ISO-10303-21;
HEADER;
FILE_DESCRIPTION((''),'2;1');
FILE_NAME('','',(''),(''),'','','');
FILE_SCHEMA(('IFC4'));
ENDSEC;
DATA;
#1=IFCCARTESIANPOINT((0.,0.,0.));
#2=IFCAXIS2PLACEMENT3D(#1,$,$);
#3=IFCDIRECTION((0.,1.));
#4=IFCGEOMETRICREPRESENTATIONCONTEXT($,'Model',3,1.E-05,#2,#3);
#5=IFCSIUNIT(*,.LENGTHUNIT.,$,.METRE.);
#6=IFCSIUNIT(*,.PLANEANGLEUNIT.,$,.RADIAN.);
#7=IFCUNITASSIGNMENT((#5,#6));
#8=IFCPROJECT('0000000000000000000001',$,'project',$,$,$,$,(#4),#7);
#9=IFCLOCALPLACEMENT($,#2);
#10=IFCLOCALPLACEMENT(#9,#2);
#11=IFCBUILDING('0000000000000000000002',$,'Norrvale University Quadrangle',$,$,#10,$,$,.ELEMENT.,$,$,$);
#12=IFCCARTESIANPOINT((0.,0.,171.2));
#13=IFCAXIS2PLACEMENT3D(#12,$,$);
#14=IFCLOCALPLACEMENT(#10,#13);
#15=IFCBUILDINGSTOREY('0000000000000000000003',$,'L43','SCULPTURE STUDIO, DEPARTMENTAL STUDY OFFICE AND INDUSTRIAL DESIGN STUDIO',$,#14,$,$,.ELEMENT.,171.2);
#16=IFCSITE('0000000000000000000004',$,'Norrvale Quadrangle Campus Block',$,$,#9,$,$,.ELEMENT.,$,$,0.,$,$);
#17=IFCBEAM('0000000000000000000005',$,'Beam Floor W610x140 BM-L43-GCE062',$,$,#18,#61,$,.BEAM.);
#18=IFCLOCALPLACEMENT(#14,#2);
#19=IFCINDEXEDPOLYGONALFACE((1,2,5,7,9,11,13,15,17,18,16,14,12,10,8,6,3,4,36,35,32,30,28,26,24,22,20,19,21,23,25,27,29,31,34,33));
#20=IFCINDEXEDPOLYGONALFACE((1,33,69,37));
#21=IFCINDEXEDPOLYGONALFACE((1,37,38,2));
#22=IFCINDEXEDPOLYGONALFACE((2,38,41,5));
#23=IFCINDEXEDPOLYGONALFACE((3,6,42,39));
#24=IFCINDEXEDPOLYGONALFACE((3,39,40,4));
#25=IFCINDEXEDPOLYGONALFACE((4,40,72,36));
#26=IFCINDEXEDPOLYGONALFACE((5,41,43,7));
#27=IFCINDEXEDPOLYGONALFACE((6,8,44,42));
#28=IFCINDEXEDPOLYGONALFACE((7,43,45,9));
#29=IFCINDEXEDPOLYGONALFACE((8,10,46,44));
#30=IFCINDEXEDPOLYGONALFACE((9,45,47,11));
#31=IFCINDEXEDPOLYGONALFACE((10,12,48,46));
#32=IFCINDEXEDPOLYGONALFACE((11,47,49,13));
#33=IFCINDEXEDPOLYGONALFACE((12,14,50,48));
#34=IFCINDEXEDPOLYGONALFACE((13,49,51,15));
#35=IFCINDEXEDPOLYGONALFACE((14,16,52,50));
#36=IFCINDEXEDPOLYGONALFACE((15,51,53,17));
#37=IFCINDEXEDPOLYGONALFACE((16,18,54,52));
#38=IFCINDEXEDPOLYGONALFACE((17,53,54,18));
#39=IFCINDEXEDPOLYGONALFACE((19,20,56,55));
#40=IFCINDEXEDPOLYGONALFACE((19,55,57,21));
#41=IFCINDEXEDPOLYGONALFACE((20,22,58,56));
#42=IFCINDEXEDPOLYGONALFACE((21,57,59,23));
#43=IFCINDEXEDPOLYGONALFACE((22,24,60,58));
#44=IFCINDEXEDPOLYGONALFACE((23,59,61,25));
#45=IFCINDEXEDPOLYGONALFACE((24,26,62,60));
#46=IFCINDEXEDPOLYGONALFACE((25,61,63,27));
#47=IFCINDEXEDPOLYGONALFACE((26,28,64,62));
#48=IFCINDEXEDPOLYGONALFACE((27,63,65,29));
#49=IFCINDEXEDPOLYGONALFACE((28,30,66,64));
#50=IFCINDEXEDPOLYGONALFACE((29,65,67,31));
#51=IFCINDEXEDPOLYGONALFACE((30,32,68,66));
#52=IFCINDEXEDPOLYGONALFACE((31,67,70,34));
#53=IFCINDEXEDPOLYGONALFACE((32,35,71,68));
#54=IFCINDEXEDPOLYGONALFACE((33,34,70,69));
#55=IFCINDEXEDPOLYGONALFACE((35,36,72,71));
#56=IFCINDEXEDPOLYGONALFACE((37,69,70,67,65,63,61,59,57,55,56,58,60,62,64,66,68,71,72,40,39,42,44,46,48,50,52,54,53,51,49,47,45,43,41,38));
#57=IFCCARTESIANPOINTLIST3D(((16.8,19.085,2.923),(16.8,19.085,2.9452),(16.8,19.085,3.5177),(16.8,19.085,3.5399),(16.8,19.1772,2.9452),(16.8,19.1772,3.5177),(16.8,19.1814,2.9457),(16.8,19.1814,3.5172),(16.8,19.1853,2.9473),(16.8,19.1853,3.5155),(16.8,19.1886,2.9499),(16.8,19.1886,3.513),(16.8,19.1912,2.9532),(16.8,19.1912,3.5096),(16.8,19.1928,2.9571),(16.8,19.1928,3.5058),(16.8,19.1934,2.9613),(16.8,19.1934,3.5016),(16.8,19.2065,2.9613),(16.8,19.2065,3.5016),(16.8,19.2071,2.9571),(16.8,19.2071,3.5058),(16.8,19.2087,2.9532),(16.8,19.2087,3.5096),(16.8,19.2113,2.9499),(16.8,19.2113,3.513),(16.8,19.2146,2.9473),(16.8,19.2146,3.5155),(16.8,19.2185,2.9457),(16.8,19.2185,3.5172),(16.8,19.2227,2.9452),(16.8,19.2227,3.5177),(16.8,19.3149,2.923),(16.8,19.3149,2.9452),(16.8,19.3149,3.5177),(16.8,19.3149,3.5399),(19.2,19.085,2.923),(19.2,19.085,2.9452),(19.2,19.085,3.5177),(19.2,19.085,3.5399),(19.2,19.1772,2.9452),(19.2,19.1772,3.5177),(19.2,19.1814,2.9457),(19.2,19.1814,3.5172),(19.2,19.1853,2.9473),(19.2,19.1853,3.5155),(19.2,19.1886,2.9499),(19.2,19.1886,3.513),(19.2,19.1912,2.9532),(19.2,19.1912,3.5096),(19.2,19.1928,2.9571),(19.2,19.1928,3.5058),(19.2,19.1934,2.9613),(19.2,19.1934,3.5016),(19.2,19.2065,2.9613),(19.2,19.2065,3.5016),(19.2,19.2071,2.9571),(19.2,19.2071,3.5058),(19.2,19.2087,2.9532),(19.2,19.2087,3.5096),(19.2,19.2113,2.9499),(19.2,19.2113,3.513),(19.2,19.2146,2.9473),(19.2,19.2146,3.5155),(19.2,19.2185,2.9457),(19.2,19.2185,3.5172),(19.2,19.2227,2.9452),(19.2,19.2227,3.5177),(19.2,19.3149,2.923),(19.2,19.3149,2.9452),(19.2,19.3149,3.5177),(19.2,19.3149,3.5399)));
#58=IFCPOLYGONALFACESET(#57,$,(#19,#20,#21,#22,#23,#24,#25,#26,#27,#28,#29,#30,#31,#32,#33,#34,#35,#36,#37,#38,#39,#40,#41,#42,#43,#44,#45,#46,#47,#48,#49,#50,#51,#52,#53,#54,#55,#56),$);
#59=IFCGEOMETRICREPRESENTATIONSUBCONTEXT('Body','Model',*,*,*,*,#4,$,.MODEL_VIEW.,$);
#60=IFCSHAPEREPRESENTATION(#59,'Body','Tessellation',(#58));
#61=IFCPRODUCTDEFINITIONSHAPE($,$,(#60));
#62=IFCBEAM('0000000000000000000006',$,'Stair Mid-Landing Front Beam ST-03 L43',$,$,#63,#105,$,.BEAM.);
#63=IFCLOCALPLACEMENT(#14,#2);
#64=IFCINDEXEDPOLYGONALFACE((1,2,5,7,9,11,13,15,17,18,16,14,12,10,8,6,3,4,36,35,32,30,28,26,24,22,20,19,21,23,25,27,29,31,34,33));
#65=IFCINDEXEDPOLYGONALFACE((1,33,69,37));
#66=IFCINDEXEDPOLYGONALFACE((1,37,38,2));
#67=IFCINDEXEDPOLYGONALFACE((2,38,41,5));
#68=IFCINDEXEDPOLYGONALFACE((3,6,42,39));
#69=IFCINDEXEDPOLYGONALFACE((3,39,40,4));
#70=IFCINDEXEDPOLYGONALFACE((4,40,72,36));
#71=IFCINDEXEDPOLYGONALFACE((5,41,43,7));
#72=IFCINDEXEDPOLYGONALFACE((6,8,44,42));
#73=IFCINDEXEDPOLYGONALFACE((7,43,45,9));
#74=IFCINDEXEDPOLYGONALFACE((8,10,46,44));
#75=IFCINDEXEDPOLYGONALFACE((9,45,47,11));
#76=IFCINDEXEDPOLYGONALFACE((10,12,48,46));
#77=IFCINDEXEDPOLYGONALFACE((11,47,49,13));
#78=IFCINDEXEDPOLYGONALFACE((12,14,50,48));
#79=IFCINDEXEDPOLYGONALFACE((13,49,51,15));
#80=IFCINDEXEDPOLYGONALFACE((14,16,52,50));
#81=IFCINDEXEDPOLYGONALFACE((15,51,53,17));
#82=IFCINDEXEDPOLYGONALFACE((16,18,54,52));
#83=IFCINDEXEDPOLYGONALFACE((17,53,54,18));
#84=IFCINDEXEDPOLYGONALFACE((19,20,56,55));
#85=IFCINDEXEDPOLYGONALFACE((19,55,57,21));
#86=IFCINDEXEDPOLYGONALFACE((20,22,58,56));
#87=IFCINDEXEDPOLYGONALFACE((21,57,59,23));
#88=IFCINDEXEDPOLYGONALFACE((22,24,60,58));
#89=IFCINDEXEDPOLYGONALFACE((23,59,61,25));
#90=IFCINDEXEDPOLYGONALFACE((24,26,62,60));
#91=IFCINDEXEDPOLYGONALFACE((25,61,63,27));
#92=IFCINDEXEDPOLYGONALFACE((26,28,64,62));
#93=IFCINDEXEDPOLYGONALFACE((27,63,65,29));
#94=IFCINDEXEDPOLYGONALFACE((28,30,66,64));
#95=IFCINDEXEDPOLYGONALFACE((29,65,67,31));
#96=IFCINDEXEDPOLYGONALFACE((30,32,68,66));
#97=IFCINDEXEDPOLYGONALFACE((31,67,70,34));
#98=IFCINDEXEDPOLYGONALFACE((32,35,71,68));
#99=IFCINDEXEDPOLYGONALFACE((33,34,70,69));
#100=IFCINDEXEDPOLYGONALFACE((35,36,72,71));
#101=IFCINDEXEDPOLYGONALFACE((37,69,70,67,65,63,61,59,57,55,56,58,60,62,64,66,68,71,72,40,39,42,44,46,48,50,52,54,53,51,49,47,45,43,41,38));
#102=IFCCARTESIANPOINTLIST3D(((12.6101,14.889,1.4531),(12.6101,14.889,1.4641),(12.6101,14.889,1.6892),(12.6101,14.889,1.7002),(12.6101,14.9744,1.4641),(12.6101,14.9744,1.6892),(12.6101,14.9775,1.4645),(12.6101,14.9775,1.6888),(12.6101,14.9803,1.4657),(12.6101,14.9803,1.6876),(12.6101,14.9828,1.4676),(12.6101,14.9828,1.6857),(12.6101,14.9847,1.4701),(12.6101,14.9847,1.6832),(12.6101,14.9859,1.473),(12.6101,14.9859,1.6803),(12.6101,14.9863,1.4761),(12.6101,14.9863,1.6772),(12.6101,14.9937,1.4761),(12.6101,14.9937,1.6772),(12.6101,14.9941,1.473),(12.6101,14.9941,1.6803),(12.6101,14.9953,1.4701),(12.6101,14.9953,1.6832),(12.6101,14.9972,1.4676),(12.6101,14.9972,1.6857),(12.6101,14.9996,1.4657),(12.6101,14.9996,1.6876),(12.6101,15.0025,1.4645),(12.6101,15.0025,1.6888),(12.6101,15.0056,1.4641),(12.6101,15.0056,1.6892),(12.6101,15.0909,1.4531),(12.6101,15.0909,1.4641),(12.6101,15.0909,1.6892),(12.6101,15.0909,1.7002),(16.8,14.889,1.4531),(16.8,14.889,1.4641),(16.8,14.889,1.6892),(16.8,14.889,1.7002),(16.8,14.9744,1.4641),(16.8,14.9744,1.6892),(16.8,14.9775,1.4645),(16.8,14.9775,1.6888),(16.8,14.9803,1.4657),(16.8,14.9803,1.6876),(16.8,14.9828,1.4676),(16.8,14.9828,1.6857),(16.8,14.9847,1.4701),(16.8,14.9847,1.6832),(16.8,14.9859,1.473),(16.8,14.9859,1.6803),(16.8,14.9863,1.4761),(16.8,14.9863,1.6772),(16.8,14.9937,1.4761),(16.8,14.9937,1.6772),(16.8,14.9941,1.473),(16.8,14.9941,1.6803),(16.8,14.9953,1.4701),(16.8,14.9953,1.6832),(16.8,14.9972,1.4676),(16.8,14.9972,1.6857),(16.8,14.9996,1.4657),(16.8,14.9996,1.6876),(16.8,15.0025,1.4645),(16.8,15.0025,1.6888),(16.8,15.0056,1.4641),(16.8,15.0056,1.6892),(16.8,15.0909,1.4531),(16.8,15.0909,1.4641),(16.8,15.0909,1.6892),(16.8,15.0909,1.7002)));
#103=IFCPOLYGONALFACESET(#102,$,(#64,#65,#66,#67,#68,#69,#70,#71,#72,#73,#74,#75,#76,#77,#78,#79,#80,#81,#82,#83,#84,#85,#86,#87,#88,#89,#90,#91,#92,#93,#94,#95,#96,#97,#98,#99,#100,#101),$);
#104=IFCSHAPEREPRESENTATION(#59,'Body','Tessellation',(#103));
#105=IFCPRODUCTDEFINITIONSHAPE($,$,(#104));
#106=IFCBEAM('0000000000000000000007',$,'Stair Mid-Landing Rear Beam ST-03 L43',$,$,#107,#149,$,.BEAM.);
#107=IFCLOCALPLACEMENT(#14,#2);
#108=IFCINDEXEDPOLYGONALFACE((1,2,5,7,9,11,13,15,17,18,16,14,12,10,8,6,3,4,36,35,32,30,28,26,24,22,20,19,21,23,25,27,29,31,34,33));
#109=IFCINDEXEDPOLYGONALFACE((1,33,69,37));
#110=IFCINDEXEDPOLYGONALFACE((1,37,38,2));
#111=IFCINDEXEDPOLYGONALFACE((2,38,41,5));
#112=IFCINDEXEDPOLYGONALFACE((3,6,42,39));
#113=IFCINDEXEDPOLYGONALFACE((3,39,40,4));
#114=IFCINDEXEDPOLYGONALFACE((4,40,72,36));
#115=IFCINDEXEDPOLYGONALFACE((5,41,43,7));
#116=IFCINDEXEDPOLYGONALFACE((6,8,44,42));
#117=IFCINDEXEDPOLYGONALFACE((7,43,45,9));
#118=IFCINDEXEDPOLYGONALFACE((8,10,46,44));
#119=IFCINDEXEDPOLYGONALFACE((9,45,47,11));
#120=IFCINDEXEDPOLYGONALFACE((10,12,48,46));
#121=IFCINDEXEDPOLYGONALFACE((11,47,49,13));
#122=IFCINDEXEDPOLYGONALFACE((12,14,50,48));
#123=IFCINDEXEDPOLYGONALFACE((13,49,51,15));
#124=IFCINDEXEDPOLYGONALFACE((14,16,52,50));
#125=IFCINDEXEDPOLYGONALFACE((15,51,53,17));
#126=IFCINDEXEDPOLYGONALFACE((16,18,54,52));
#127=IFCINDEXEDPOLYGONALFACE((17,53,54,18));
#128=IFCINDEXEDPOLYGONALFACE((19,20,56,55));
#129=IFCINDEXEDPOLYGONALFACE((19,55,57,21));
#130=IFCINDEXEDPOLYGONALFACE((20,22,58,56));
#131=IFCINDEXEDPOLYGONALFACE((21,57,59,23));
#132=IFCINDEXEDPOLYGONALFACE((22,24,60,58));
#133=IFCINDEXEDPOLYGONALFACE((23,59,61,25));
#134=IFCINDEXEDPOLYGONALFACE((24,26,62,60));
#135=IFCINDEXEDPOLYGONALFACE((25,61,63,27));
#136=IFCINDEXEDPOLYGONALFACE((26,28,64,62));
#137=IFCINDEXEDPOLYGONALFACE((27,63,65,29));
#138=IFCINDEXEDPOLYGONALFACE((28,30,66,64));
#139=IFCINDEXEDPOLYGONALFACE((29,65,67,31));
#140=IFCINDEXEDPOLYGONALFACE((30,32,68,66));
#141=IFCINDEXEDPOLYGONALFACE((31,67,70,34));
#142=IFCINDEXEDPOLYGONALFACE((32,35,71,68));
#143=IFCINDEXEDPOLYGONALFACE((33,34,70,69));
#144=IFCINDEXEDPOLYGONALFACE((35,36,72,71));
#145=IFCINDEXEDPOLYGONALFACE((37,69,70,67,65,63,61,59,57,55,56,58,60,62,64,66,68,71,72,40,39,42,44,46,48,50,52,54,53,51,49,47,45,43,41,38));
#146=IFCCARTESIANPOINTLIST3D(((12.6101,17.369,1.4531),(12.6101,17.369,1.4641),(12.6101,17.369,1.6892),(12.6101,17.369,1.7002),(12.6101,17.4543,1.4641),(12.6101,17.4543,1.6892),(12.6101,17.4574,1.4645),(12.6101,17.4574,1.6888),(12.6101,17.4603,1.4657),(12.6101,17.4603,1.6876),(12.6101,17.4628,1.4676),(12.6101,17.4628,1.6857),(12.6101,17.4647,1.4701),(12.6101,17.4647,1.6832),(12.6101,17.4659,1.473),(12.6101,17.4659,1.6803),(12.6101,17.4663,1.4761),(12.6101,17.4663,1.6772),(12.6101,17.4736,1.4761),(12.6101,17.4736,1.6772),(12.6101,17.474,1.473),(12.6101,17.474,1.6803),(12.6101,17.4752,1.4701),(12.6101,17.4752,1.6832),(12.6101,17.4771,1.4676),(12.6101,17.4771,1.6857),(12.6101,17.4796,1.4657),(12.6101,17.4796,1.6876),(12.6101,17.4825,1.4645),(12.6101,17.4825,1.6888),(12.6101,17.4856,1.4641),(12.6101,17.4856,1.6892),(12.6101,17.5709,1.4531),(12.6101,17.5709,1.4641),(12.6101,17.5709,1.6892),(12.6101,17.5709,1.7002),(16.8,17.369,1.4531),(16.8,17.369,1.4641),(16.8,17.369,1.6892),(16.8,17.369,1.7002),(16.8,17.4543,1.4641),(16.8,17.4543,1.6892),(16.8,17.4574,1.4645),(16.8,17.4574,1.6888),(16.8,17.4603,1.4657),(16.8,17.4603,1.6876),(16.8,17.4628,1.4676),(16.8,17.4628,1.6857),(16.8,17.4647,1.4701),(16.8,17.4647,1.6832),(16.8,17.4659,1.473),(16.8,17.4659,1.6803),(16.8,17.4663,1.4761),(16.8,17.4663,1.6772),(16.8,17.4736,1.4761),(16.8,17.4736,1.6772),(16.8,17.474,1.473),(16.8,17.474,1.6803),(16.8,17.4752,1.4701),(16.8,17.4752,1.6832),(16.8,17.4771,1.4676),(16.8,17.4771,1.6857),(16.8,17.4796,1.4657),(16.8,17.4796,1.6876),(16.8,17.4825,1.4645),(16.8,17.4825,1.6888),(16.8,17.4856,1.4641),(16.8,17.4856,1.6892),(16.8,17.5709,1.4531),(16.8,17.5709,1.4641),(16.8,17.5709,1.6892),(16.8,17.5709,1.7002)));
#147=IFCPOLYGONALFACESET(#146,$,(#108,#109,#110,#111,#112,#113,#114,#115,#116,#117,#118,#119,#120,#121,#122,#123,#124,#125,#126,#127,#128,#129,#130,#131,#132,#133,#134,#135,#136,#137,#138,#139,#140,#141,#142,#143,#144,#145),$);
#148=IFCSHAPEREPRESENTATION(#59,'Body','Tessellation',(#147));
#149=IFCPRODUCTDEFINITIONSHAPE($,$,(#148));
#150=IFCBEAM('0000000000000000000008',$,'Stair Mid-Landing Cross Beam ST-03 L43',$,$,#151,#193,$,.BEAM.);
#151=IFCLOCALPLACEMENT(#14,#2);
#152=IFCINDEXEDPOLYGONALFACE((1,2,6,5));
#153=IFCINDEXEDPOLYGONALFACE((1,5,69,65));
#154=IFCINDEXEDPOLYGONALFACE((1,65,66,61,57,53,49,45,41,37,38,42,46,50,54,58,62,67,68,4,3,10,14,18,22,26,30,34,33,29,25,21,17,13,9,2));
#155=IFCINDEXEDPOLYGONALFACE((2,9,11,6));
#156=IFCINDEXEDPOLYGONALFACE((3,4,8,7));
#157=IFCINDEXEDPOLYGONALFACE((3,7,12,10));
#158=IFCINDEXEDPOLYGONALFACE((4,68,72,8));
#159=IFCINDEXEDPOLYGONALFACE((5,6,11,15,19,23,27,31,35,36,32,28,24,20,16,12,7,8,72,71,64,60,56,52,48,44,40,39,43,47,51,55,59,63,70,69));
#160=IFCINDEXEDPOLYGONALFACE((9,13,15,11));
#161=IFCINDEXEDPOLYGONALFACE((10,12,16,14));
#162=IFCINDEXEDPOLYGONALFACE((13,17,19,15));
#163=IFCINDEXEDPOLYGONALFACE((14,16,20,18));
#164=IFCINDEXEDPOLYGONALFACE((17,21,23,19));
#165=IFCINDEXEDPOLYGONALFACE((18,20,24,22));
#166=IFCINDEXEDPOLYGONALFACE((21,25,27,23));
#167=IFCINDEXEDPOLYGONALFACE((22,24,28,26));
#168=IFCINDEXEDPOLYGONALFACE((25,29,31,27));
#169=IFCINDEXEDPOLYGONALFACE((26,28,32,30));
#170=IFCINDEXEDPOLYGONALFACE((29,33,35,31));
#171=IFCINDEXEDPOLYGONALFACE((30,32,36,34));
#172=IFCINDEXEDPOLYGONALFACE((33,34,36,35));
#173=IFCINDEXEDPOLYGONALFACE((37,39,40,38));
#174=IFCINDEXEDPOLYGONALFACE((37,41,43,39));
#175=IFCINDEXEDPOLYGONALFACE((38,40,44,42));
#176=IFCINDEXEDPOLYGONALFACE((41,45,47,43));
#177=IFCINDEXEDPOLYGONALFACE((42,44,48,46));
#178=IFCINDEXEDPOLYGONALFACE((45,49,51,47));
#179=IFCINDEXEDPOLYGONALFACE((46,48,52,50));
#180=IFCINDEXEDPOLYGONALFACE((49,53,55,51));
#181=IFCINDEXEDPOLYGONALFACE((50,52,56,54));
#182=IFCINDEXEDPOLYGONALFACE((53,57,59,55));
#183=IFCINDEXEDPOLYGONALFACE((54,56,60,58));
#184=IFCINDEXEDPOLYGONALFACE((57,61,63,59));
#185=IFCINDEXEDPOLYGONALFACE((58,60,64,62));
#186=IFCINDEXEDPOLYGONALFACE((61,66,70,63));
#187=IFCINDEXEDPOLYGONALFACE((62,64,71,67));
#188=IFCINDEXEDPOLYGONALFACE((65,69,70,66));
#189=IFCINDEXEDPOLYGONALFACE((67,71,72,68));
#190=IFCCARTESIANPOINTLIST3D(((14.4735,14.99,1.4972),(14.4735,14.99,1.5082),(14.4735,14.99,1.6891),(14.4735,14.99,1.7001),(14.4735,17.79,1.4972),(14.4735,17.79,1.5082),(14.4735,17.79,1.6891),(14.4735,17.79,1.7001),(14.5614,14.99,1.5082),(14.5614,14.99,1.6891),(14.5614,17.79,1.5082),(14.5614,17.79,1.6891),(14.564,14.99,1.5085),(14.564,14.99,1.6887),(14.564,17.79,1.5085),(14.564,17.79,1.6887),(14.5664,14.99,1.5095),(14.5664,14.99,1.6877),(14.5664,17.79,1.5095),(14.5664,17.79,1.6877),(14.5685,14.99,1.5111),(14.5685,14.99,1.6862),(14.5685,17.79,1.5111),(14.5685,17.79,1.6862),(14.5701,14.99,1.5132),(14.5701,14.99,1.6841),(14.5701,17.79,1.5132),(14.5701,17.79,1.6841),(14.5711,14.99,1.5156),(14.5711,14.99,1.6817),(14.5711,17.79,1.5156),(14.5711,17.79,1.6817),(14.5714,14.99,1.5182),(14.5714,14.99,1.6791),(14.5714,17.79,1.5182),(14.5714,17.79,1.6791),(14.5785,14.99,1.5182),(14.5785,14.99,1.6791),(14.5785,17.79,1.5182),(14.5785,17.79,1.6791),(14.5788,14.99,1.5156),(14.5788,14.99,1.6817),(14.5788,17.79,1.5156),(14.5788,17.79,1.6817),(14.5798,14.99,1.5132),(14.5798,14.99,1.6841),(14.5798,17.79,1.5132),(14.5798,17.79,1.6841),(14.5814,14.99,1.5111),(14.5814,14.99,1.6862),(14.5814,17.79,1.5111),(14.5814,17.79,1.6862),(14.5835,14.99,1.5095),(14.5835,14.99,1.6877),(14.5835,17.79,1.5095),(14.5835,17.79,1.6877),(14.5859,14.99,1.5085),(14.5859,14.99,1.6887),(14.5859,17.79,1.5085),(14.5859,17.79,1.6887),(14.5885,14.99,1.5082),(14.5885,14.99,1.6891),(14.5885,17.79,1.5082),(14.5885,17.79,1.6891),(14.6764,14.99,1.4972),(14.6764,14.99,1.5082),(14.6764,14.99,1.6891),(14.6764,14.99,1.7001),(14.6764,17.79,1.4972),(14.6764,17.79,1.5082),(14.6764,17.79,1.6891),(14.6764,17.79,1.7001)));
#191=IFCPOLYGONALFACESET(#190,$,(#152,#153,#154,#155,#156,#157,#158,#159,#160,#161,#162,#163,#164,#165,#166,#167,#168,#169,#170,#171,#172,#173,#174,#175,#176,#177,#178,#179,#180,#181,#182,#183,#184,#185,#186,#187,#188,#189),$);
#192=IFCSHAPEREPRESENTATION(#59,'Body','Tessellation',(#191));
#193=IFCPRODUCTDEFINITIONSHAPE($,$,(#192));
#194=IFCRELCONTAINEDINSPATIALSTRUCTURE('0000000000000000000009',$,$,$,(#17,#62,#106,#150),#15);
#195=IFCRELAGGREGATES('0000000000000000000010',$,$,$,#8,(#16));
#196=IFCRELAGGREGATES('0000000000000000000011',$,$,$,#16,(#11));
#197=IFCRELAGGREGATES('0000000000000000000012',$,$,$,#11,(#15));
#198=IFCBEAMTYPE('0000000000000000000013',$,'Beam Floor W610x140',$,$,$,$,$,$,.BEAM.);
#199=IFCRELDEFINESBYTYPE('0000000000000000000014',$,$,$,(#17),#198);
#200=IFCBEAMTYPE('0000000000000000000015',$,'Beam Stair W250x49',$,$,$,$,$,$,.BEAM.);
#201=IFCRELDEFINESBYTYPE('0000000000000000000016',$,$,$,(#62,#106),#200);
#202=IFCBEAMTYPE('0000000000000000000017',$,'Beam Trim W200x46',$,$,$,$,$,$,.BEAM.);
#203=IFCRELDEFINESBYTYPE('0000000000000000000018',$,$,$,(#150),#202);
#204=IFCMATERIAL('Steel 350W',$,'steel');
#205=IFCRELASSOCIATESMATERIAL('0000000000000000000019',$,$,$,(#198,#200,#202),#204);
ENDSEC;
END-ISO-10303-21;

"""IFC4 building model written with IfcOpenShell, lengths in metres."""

from ifc_helpers import new_model, si_unit, direction, frame, origin, origin_2d, place, context, subcontext, project, spatial, i_section, extrude, material, material_profile, profile_set, type_object, element, save


model = new_model("IFC4")

# Units and contexts
model_context = context("Model", 3, precision=1e-05, world=origin(), true_north=direction((0.0, 1.0)))
body_context = subcontext(model_context, "Body", "Model", "MODEL_VIEW")
ifc_project = project(units=[si_unit("LENGTHUNIT", "METRE"), si_unit("PLANEANGLEUNIT", "RADIAN")], contexts=[model_context])

# Site, building, storey
site_placement = place(None, origin())
site = spatial("IfcSite", under=ifc_project, at=site_placement, Name="Norrvale Quadrangle Campus Block", CompositionType="ELEMENT", RefElevation=0.0)
building_placement = place(site_placement, origin())
building = spatial("IfcBuilding", under=site, at=building_placement, Name="Norrvale University Quadrangle", CompositionType="ELEMENT")
storey_placement = place(building_placement, frame((0.0, 0.0, 171.2)))
storey = spatial("IfcBuildingStorey", under=building, at=storey_placement, Name="L43", Description="SCULPTURE STUDIO, DEPARTMENTAL STUDY OFFICE AND INDUSTRIAL DESIGN STUDIO", CompositionType="ELEMENT", Elevation=171.2)

# Beams
ifc_material_1 = material(Name="Steel 350W", Category="steel")
ifc_material_profile_1 = material_profile(ifc_material_1, i_section(OverallWidth=0.23, OverallDepth=0.6169, WebThickness=0.0132, FlangeThickness=0.0222, FilletRadius=0.0161, at=origin_2d()), Name="Steel 350W")
ifc_profile_set_1 = profile_set([ifc_material_profile_1], Name="Steel 350W")
beam_type_1 = type_object("IfcBeamType", Name="Beam Floor W610x140", PredefinedType="BEAM", material=ifc_profile_set_1)
beam_1_placement = place(storey_placement, frame((16.8, 19.2, 3.2314), z_axis=(1.0, 0.0, 0.0), x_axis=(0.0, 1.0, 0.0)))
element("IfcBeam", 1, at=beam_1_placement, inside=storey, type_object=beam_type_1, Name="Beam Floor W610x140 BM-L43-GCE062", PredefinedType="BEAM", context=body_context, shape_type="SweptSolid", body=[
    extrude(i_section(OverallWidth=0.23, OverallDepth=0.6169, WebThickness=0.0132, FlangeThickness=0.0222, FilletRadius=0.0161, at=origin_2d()), origin(), (0.0, 0.0, 1.0), 2.3999),
])
ifc_material_profile_2 = material_profile(ifc_material_1, i_section(OverallWidth=0.2019, OverallDepth=0.2471, WebThickness=0.0073, FlangeThickness=0.011, FilletRadius=0.012, at=origin_2d()), Name="Steel 350W")
ifc_profile_set_2 = profile_set([ifc_material_profile_2], Name="Steel 350W")
beam_type_2 = type_object("IfcBeamType", Name="Beam Stair W250x49", PredefinedType="BEAM", material=ifc_profile_set_2)
for number, where, z_axis, x_axis, name in (
    (2, (12.6101, 14.99, 1.5767), (1.0, 0.0, 0.0), (0.0, 1.0, 0.0), "Stair Mid-Landing Front Beam ST-03 L43"),
    (3, (12.6101, 17.47, 1.5767), (1.0, 0.0, 0.0), (0.0, 1.0, 0.0), "Stair Mid-Landing Rear Beam ST-03 L43"),
):
    element("IfcBeam", number, at=place(storey_placement, frame(where, z_axis=z_axis, x_axis=x_axis)), inside=storey, type_object=beam_type_2, Name=name, PredefinedType="BEAM", context=body_context, shape_type="SweptSolid", body=[
        extrude(i_section(OverallWidth=0.2019, OverallDepth=0.2471, WebThickness=0.0073, FlangeThickness=0.011, FilletRadius=0.012, at=origin_2d()), origin(), (0.0, 0.0, 1.0), 4.1899),
    ])
ifc_material_profile_3 = material_profile(ifc_material_1, i_section(OverallWidth=0.2029, OverallDepth=0.2029, WebThickness=0.0071, FlangeThickness=0.011, FilletRadius=0.01, at=origin_2d()), Name="Steel 350W")
ifc_profile_set_3 = profile_set([ifc_material_profile_3], Name="Steel 350W")
beam_type_3 = type_object("IfcBeamType", Name="Beam Trim W200x46", PredefinedType="BEAM", material=ifc_profile_set_3)
beam_2_placement = place(storey_placement, frame((14.575, 14.99, 1.5986), z_axis=(0.0, 1.0, 0.0), x_axis=(-1.0, 0.0, 0.0)))
element("IfcBeam", 4, at=beam_2_placement, inside=storey, type_object=beam_type_3, Name="Stair Mid-Landing Cross Beam ST-03 L43", PredefinedType="BEAM", context=body_context, shape_type="SweptSolid", body=[
    extrude(i_section(OverallWidth=0.2029, OverallDepth=0.2029, WebThickness=0.0071, FlangeThickness=0.011, FilletRadius=0.01, at=origin_2d()), origin(), (0.0, 0.0, 1.0), 2.8),
])

save(model, "model.ifc")
